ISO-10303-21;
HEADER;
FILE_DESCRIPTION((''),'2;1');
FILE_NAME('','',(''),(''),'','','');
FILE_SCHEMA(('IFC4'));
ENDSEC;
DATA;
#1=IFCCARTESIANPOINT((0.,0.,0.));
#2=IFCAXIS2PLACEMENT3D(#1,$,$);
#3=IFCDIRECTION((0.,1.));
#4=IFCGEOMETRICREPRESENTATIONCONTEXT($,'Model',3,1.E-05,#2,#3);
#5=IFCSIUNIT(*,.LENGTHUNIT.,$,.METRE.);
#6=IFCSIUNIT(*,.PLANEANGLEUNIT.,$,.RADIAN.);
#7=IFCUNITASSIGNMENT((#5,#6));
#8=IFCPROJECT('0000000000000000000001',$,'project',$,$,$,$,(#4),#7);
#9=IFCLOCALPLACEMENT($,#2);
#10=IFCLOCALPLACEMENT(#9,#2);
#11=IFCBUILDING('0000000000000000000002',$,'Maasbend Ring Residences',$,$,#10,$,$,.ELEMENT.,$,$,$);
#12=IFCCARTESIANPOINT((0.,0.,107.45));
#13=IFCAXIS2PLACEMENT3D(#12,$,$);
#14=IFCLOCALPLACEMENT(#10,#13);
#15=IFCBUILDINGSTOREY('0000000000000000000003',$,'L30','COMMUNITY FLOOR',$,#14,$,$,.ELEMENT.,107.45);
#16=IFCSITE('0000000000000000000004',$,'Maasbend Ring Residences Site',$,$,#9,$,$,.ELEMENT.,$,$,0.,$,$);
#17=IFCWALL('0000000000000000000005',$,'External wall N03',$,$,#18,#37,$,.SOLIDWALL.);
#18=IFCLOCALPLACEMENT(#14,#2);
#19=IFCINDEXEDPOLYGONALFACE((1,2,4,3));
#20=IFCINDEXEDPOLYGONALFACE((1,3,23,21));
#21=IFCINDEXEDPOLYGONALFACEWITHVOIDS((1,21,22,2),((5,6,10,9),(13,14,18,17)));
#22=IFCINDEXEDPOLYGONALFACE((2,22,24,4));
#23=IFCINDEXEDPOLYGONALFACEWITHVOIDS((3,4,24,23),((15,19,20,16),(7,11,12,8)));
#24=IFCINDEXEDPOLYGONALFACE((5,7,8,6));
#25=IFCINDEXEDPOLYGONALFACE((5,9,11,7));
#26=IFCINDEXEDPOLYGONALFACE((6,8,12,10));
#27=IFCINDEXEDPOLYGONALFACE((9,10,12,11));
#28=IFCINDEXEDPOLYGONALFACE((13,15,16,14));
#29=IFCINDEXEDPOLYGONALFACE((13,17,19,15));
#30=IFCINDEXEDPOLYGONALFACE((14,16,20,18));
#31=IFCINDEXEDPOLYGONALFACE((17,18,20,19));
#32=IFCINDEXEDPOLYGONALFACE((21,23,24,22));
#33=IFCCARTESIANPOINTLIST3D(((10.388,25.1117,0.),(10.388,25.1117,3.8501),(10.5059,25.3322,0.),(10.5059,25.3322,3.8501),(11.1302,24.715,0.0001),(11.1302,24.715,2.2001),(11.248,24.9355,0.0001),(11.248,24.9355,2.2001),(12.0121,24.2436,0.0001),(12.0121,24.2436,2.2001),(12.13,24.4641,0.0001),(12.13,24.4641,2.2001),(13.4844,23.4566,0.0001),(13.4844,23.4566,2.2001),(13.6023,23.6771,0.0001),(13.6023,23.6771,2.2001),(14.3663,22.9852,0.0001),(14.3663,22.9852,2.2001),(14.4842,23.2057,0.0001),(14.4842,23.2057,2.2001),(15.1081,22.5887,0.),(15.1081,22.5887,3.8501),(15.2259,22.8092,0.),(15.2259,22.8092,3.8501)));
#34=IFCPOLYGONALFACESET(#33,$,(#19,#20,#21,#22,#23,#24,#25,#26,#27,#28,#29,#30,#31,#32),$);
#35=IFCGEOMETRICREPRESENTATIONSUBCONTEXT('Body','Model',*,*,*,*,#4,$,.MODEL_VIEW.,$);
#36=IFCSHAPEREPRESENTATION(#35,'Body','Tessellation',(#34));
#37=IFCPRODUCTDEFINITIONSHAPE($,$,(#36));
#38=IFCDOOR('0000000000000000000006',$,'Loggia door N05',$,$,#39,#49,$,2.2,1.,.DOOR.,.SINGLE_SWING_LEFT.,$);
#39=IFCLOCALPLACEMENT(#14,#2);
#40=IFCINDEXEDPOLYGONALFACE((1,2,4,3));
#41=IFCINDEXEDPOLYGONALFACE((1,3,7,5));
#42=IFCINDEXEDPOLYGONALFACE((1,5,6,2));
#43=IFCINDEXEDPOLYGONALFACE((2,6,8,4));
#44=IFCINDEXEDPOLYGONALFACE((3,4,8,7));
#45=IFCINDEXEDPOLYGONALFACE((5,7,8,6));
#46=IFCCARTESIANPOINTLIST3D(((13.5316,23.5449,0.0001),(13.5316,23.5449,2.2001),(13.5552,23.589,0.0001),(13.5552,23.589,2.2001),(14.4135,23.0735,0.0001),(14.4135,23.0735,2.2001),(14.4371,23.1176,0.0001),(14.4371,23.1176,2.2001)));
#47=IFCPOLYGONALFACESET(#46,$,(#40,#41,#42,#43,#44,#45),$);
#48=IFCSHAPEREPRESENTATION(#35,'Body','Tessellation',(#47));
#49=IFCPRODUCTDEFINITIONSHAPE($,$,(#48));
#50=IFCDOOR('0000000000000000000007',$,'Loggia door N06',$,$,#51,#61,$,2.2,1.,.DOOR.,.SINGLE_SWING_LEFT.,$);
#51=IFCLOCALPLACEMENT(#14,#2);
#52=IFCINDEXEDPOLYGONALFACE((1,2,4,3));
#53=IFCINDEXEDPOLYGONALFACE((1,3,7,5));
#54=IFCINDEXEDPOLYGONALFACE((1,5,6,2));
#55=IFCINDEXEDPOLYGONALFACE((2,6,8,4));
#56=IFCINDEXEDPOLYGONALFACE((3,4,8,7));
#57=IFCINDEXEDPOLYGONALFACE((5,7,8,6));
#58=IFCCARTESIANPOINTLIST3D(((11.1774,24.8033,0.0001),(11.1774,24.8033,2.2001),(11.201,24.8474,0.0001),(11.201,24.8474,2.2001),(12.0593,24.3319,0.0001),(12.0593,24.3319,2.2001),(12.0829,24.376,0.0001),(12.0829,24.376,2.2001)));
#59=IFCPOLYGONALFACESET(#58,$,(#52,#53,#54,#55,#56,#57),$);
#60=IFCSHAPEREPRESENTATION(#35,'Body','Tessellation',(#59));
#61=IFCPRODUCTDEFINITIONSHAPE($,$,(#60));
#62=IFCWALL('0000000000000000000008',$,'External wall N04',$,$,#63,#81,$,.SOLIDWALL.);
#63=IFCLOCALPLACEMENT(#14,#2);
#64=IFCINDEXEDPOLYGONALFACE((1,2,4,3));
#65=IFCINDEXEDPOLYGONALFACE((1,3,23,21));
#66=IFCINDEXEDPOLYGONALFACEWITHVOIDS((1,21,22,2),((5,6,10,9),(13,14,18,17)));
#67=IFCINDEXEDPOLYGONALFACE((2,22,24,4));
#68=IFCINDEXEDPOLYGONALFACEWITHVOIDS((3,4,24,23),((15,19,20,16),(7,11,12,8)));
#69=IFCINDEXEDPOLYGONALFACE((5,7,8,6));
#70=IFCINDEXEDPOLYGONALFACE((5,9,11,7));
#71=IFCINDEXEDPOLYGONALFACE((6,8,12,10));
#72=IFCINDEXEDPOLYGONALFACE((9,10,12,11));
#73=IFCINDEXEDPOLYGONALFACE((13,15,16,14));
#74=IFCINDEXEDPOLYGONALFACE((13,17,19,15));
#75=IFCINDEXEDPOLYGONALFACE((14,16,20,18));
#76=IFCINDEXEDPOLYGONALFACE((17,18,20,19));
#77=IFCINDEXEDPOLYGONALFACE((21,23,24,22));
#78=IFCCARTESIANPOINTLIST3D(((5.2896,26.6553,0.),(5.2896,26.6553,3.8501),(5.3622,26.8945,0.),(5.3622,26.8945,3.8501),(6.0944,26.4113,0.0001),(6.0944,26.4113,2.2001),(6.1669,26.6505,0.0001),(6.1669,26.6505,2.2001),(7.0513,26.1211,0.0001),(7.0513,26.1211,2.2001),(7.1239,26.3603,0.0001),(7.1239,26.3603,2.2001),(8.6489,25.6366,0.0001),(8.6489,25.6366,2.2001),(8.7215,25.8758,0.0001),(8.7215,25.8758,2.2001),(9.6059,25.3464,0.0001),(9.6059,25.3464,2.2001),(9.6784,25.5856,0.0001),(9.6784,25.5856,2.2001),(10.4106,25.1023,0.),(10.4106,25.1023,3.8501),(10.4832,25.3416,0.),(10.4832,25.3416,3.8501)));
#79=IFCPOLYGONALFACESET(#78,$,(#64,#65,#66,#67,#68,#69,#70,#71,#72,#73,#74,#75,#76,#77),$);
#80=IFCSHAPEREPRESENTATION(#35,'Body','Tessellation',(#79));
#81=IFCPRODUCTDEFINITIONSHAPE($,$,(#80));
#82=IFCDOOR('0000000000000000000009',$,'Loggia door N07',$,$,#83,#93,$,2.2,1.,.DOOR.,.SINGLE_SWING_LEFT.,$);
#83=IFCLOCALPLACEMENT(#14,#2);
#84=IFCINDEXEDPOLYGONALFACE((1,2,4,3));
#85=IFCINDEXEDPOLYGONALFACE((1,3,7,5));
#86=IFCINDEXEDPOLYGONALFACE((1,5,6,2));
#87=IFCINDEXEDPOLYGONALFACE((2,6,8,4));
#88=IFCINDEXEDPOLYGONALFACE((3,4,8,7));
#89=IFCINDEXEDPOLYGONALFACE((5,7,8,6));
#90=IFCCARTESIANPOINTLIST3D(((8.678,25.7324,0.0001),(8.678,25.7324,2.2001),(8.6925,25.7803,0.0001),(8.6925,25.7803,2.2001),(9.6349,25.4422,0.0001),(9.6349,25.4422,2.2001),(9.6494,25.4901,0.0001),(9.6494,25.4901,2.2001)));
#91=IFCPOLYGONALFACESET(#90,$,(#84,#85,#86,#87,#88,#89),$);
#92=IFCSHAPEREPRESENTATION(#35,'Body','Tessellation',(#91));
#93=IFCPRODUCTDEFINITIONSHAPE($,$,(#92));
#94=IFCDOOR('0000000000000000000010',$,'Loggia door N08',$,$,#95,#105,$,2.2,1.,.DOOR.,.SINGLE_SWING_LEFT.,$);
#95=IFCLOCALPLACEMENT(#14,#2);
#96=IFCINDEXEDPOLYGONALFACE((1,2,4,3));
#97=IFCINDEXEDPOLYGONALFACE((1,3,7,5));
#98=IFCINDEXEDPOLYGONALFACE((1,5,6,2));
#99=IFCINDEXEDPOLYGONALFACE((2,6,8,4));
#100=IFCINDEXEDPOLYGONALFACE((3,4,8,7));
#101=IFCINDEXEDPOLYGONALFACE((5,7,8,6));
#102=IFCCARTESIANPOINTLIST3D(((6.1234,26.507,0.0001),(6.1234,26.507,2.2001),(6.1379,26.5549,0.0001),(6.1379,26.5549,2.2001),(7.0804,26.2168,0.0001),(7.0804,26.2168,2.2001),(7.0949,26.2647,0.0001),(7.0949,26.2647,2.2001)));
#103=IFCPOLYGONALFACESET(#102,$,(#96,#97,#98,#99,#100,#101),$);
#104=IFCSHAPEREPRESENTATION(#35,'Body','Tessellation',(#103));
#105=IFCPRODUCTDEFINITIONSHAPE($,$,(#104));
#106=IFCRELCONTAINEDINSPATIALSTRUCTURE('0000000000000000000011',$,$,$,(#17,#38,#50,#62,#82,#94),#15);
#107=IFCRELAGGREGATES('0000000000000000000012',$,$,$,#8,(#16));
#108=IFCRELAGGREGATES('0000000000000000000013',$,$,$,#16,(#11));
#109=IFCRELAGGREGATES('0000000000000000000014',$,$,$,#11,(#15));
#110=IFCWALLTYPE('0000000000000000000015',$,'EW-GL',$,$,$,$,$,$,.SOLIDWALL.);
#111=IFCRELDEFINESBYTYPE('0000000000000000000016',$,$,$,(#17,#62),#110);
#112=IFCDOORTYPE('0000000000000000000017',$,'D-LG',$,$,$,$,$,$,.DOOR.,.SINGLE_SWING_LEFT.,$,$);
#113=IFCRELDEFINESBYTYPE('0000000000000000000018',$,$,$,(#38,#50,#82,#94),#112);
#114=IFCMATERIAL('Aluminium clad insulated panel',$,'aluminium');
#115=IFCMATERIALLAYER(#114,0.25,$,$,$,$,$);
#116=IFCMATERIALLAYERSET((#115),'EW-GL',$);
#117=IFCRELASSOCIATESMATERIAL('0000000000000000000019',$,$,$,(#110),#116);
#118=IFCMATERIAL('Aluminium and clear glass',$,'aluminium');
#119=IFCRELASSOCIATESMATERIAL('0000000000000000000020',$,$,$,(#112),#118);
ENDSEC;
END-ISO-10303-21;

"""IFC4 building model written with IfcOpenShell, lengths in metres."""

from ifc_helpers import new_model, si_unit, direction, frame, frame_2d, origin, place, context, subcontext, project, spatial, rectangle, extrude, material, layer, layer_set, type_object, element, fill, save


model = new_model("IFC4")

# Units and contexts
model_context = context("Model", 3, precision=1e-05, world=origin(), true_north=direction((0.0, 1.0)))
body_context = subcontext(model_context, "Body", "Model", "MODEL_VIEW")
ifc_project = project(units=[si_unit("LENGTHUNIT", "METRE"), si_unit("PLANEANGLEUNIT", "RADIAN")], contexts=[model_context])

# Site, building, storey
site_placement = place(None, origin())
site = spatial("IfcSite", under=ifc_project, at=site_placement, Name="Maasbend Ring Residences Site", CompositionType="ELEMENT", RefElevation=0.0)
building_placement = place(site_placement, origin())
building = spatial("IfcBuilding", under=site, at=building_placement, Name="Maasbend Ring Residences", CompositionType="ELEMENT")
storey_placement = place(building_placement, frame((0.0, 0.0, 107.45)))
storey = spatial("IfcBuildingStorey", under=building, at=storey_placement, Name="L30", Description="COMMUNITY FLOOR", CompositionType="ELEMENT", Elevation=107.45)

# Walls, openings, doors
ifc_material_1 = material(Name="Aluminium clad insulated panel", Category="aluminium")
ifc_layer_1 = layer(ifc_material_1, 0.25)
ifc_layer_set_1 = layer_set([ifc_layer_1], Name="EW-GL")
wall_type_1 = type_object("IfcWallType", Name="EW-GL", PredefinedType="SOLIDWALL", material=ifc_layer_set_1)
ifc_material_2 = material(Name="Aluminium and clear glass", Category="aluminium")
door_type = type_object("IfcDoorType", Name="D-LG", OperationType="SINGLE_SWING_LEFT", PredefinedType="DOOR", material=ifc_material_2)
wall_1_placement = place(storey_placement, frame((15.167, 22.699, 0.0), z_axis=(0.0, 0.0, 1.0), x_axis=(-0.881916, 0.471407, 0.0)))
wall_1 = element("IfcWall", 1, at=wall_1_placement, inside=storey, type_object=wall_type_1, Name="External wall N03", PredefinedType="SOLIDWALL", context=body_context, shape_type="SweptSolid", body=[
    extrude(rectangle(XDim=5.3521, YDim=0.25, at=frame_2d((2.676, 0.0))), origin(), (0.0, 0.0, 1.0), 3.8501),
])
opening_1_placement = place(wall_1_placement, frame((0.8411, 0.0, 0.0)))
opening_1 = element("IfcOpeningElement", 2, at=opening_1_placement, cuts=wall_1, PredefinedType="OPENING", context=body_context, shape_type="SweptSolid", body=[
    extrude(rectangle(XDim=1.0, YDim=2.2, at=frame_2d((0.5, 1.1001))), frame((0.0, 0.135, 0.0), z_axis=(0.0, -1.0, 0.0), x_axis=(1.0, 0.0, 0.0)), (0.0, 0.0, 1.0), 0.27),
])
opening_2_placement = place(wall_1_placement, frame((3.5105, 0.0, 0.0)))
opening_2 = element("IfcOpeningElement", 3, at=opening_2_placement, cuts=wall_1, PredefinedType="OPENING", context=body_context, shape_type="SweptSolid", body=[
    extrude(rectangle(XDim=1.0, YDim=2.2, at=frame_2d((0.5, 1.1001))), frame((0.0, 0.135, 0.0), z_axis=(0.0, -1.0, 0.0), x_axis=(1.0, 0.0, 0.0)), (0.0, 0.0, 1.0), 0.27),
])
door_1_placement = place(opening_1_placement, origin())
door_1 = element("IfcDoor", 4, at=door_1_placement, inside=storey, type_object=door_type, Name="Loggia door N05", OperationType="SINGLE_SWING_LEFT", OverallHeight=2.2, OverallWidth=1.0, PredefinedType="DOOR", context=body_context, shape_type="SweptSolid", body=[
    extrude(rectangle(XDim=1.0, YDim=2.2, at=frame_2d((0.5, 1.1001))), frame((0.0, 0.0249, 0.0), z_axis=(0.0, -1.0, 0.0), x_axis=(1.0, 0.0, 0.0)), (0.0, 0.0, 1.0), 0.05),
])
fill(opening_1, door_1)
door_2_placement = place(opening_2_placement, origin())
door_2 = element("IfcDoor", 5, at=door_2_placement, inside=storey, type_object=door_type, Name="Loggia door N06", OperationType="SINGLE_SWING_LEFT", OverallHeight=2.2, OverallWidth=1.0, PredefinedType="DOOR", context=body_context, shape_type="SweptSolid", body=[
    extrude(rectangle(XDim=1.0, YDim=2.2, at=frame_2d((0.5, 1.1001))), frame((0.0, 0.0249, 0.0), z_axis=(0.0, -1.0, 0.0), x_axis=(1.0, 0.0, 0.0)), (0.0, 0.0, 1.0), 0.05),
])
fill(opening_2, door_2)
wall_2_placement = place(storey_placement, frame((10.447, 25.2219, 0.0), z_axis=(0.0, 0.0, 1.0), x_axis=(-0.956966, 0.290201, 0.0)))
wall_2 = element("IfcWall", 6, at=wall_2_placement, inside=storey, type_object=wall_type_1, Name="External wall N04", PredefinedType="SOLIDWALL", context=body_context, shape_type="SweptSolid", body=[
    extrude(rectangle(XDim=5.3513, YDim=0.25, at=frame_2d((2.6758, 0.0))), origin(), (0.0, 0.0, 1.0), 3.8501),
])
opening_3_placement = place(wall_2_placement, frame((0.8411, 0.0, 0.0)))
opening_3 = element("IfcOpeningElement", 7, at=opening_3_placement, cuts=wall_2, PredefinedType="OPENING", context=body_context, shape_type="SweptSolid", body=[
    extrude(rectangle(XDim=1.0, YDim=2.2, at=frame_2d((0.5, 1.1001))), frame((0.0, 0.135, 0.0), z_axis=(0.0, -1.0, 0.0), x_axis=(1.0, 0.0, 0.0)), (0.0, 0.0, 1.0), 0.27),
])
opening_4_placement = place(wall_2_placement, frame((3.5105, 0.0, 0.0)))
opening_4 = element("IfcOpeningElement", 8, at=opening_4_placement, cuts=wall_2, PredefinedType="OPENING", context=body_context, shape_type="SweptSolid", body=[
    extrude(rectangle(XDim=1.0, YDim=2.2, at=frame_2d((0.5, 1.1001))), frame((0.0, 0.135, 0.0), z_axis=(0.0, -1.0, 0.0), x_axis=(1.0, 0.0, 0.0)), (0.0, 0.0, 1.0), 0.27),
])
door_3_placement = place(opening_3_placement, origin())
door_3 = element("IfcDoor", 9, at=door_3_placement, inside=storey, type_object=door_type, Name="Loggia door N07", OperationType="SINGLE_SWING_LEFT", OverallHeight=2.2, OverallWidth=1.0, PredefinedType="DOOR", context=body_context, shape_type="SweptSolid", body=[
    extrude(rectangle(XDim=1.0, YDim=2.2, at=frame_2d((0.5, 1.1001))), frame((0.0, 0.0249, 0.0), z_axis=(0.0, -1.0, 0.0), x_axis=(1.0, 0.0, 0.0)), (0.0, 0.0, 1.0), 0.05),
])
fill(opening_3, door_3)
door_4_placement = place(opening_4_placement, origin())
door_4 = element("IfcDoor", 10, at=door_4_placement, inside=storey, type_object=door_type, Name="Loggia door N08", OperationType="SINGLE_SWING_LEFT", OverallHeight=2.2, OverallWidth=1.0, PredefinedType="DOOR", context=body_context, shape_type="SweptSolid", body=[
    extrude(rectangle(XDim=1.0, YDim=2.2, at=frame_2d((0.5, 1.1001))), frame((0.0, 0.0249, 0.0), z_axis=(0.0, -1.0, 0.0), x_axis=(1.0, 0.0, 0.0)), (0.0, 0.0, 1.0), 0.05),
])
fill(opening_4, door_4)

save(model, "model.ifc")
